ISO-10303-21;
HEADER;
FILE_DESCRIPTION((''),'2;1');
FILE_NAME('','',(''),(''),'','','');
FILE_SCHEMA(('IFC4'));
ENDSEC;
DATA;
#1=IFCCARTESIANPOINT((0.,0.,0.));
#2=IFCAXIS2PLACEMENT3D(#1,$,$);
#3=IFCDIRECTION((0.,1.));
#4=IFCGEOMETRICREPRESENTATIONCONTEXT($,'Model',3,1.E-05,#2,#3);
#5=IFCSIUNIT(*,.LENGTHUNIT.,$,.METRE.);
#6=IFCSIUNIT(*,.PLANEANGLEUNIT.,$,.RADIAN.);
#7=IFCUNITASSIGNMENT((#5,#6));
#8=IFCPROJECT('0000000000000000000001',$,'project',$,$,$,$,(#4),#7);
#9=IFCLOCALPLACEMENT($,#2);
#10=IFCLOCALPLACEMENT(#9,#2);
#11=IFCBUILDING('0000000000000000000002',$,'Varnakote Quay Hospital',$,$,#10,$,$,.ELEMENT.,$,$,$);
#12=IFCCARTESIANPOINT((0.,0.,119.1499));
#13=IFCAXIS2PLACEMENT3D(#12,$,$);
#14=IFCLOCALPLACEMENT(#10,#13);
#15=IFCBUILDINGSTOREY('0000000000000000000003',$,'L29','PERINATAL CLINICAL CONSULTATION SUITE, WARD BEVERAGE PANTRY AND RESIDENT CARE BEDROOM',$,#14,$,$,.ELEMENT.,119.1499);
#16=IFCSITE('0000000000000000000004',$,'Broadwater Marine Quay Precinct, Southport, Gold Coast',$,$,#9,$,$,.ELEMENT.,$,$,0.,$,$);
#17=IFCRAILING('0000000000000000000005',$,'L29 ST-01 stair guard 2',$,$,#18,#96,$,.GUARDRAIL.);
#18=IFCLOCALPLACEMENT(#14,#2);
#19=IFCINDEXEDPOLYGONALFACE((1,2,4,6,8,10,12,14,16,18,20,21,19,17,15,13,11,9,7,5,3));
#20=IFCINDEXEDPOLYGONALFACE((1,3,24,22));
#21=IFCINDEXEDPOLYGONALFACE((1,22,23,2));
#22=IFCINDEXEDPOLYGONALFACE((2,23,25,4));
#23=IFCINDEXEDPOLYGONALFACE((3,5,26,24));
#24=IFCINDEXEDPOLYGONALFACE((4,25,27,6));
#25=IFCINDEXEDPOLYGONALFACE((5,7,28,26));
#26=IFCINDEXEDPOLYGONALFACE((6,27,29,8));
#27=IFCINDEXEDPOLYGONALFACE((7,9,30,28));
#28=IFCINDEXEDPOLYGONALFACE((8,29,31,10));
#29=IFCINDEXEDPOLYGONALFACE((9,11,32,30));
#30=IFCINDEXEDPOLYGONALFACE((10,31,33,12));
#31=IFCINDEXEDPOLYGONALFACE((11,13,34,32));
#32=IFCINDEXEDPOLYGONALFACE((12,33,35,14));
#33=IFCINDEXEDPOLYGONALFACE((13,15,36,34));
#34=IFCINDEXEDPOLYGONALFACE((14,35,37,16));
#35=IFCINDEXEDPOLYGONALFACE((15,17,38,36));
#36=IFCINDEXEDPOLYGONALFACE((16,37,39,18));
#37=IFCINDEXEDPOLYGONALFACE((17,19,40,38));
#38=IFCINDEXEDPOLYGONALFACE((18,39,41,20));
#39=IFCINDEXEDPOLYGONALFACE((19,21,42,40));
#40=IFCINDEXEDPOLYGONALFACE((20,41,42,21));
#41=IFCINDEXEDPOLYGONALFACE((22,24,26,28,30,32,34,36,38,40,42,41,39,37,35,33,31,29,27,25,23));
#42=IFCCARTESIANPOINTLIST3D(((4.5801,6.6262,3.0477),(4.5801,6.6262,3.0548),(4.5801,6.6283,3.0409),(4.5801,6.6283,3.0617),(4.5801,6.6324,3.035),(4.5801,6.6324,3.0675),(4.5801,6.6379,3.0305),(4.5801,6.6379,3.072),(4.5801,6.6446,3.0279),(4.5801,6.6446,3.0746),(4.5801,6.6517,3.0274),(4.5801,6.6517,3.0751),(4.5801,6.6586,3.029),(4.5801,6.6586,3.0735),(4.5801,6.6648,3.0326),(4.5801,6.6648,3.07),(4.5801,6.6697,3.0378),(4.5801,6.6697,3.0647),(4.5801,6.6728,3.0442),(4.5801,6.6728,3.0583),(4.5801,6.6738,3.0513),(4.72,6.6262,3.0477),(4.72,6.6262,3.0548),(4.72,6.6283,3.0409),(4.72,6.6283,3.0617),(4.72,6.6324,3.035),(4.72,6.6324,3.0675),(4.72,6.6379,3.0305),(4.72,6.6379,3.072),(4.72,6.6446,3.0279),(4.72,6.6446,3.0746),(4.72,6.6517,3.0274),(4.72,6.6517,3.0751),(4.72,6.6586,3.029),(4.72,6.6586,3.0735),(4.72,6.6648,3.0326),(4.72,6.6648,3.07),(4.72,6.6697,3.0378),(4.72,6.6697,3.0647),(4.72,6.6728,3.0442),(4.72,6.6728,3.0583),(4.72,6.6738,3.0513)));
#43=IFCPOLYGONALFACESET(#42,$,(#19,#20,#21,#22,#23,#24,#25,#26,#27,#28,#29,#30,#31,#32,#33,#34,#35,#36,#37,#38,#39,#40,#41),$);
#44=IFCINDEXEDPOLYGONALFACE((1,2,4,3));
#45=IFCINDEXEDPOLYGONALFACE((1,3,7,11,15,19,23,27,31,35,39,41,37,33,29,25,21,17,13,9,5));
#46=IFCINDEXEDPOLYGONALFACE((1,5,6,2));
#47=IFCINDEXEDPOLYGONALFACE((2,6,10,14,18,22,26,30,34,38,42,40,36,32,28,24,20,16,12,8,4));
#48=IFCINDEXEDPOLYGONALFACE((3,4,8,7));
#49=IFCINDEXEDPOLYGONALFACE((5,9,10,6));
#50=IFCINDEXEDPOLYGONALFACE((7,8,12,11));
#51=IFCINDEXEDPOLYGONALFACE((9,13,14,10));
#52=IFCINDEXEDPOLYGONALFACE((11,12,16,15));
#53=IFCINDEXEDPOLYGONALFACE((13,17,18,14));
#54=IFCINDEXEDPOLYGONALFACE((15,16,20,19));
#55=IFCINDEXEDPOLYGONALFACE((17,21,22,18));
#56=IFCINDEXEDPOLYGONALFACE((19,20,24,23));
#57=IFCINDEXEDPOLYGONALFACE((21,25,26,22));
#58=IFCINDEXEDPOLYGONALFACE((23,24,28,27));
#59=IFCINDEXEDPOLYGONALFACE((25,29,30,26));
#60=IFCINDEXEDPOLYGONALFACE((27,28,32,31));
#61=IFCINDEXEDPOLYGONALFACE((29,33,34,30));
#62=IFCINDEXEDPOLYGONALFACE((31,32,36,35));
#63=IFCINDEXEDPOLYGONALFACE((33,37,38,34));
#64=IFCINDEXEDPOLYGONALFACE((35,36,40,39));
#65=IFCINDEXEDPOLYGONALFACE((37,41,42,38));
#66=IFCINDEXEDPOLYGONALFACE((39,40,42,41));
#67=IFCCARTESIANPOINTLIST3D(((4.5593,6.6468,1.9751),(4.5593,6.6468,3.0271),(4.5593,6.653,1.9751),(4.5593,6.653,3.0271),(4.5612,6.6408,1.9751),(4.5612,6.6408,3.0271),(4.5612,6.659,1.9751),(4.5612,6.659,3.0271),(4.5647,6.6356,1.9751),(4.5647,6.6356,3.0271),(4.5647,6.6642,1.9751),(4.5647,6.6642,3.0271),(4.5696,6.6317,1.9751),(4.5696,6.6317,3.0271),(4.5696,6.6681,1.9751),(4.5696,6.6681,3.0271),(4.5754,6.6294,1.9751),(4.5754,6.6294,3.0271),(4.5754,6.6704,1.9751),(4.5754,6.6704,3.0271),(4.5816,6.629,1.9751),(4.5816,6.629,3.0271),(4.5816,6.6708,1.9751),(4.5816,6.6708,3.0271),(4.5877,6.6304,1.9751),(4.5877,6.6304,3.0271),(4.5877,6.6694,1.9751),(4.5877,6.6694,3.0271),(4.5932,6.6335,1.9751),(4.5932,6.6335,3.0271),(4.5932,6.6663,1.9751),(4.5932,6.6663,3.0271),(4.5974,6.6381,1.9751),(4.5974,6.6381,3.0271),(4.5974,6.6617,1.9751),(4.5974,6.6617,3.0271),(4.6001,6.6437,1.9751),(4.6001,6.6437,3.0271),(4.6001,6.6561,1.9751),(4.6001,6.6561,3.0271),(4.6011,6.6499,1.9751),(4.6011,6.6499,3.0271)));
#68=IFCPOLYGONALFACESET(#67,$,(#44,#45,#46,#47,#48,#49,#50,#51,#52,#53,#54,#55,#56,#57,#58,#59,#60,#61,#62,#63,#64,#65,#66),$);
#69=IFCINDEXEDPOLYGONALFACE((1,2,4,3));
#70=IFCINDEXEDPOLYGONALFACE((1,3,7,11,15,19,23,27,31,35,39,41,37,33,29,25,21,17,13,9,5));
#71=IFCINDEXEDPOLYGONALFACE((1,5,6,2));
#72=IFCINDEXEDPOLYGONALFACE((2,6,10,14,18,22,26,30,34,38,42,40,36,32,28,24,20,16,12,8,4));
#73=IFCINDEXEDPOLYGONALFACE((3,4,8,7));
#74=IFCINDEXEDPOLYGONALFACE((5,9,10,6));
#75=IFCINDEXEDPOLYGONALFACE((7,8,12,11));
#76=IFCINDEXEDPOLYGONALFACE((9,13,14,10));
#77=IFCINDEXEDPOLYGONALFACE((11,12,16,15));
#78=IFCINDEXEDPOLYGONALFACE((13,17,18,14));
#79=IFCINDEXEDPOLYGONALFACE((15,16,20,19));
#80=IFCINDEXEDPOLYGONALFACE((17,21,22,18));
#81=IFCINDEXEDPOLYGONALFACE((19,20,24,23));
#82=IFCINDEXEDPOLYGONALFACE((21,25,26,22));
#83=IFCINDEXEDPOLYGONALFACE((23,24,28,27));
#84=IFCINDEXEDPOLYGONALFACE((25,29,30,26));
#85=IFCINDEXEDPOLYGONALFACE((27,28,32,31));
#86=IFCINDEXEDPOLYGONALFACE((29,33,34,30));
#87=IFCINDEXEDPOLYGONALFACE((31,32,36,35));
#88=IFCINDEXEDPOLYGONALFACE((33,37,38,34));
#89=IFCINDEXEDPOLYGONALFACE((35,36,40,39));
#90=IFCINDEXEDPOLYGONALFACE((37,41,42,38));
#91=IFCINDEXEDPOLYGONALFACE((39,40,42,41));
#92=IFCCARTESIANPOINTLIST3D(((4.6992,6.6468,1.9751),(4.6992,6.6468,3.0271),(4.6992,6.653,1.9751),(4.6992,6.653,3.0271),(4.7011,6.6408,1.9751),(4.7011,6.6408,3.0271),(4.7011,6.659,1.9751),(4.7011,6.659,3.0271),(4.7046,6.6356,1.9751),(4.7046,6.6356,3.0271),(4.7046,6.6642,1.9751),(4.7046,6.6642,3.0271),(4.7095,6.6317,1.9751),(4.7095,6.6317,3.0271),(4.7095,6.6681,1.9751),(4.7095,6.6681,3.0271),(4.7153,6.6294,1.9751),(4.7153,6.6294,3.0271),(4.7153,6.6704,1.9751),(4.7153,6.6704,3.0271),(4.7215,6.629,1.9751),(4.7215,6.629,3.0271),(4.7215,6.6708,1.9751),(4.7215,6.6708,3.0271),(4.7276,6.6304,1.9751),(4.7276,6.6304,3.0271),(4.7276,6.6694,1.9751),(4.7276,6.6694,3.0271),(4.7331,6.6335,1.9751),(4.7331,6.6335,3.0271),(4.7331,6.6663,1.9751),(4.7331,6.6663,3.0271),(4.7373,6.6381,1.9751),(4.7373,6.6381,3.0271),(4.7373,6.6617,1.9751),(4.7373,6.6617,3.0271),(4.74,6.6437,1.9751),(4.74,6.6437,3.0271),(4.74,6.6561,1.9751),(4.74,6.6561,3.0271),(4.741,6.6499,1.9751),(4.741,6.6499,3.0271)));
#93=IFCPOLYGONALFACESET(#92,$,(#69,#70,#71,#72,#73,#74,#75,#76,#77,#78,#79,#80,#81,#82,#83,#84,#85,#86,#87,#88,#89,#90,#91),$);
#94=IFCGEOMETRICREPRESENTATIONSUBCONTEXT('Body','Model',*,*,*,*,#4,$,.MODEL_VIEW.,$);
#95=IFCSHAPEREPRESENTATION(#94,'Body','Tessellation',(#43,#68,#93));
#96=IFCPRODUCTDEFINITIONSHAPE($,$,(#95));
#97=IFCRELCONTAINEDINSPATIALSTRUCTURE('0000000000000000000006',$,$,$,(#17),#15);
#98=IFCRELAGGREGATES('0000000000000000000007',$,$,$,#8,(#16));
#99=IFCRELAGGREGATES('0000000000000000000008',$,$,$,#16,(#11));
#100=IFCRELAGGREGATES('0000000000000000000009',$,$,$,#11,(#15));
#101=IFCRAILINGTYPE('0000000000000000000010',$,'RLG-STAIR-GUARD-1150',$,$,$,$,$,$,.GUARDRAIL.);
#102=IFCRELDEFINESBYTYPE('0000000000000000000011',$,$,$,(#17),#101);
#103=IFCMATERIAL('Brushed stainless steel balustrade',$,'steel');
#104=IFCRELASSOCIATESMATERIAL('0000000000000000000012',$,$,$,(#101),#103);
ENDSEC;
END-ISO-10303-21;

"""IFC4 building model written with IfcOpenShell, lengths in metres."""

from ifc_helpers import new_model, si_unit, direction, frame, origin, origin_2d, place, context, subcontext, project, spatial, circle, extrude, material, type_object, element, save


model = new_model("IFC4")

# Units and contexts
model_context = context("Model", 3, precision=1e-05, world=origin(), true_north=direction((0.0, 1.0)))
body_context = subcontext(model_context, "Body", "Model", "MODEL_VIEW")
ifc_project = project(units=[si_unit("LENGTHUNIT", "METRE"), si_unit("PLANEANGLEUNIT", "RADIAN")], contexts=[model_context])

# Site, building, storey
site_placement = place(None, origin())
site = spatial("IfcSite", under=ifc_project, at=site_placement, Name="Broadwater Marine Quay Precinct, Southport, Gold Coast", CompositionType="ELEMENT", RefElevation=0.0)
building_placement = place(site_placement, origin())
building = spatial("IfcBuilding", under=site, at=building_placement, Name="Varnakote Quay Hospital", CompositionType="ELEMENT")
storey_placement = place(building_placement, frame((0.0, 0.0, 119.1499)))
storey = spatial("IfcBuildingStorey", under=building, at=storey_placement, Name="L29", Description="PERINATAL CLINICAL CONSULTATION SUITE, WARD BEVERAGE PANTRY AND RESIDENT CARE BEDROOM", CompositionType="ELEMENT", Elevation=119.1499)

# Railing
ifc_material_1 = material(Name="Brushed stainless steel balustrade", Category="steel")
railing_type_1 = type_object("IfcRailingType", Name="RLG-STAIR-GUARD-1150", PredefinedType="GUARDRAIL", material=ifc_material_1)
railing_1_placement = place(storey_placement, frame((4.5801, 6.6499, 1.9751)))
element("IfcRailing", 1, at=railing_1_placement, inside=storey, type_object=railing_type_1, Name="L29 ST-01 stair guard 2", PredefinedType="GUARDRAIL", context=body_context, shape_type="SweptSolid", body=[
    extrude(circle(Radius=0.0239, at=origin_2d()), frame((0.0, 0.0, 1.0762), z_axis=(1.0, 0.0, 0.0), x_axis=(0.0, 1.0, 0.0)), (0.0, 0.0, 1.0), 0.1399),
    extrude(circle(Radius=0.021, at=origin_2d()), origin(), (0.0, 0.0, 1.0), 1.052),
    extrude(circle(Radius=0.021, at=origin_2d()), frame((0.1399, 0.0, 0.0)), (0.0, 0.0, 1.0), 1.052),
])

save(model, "model.ifc")
